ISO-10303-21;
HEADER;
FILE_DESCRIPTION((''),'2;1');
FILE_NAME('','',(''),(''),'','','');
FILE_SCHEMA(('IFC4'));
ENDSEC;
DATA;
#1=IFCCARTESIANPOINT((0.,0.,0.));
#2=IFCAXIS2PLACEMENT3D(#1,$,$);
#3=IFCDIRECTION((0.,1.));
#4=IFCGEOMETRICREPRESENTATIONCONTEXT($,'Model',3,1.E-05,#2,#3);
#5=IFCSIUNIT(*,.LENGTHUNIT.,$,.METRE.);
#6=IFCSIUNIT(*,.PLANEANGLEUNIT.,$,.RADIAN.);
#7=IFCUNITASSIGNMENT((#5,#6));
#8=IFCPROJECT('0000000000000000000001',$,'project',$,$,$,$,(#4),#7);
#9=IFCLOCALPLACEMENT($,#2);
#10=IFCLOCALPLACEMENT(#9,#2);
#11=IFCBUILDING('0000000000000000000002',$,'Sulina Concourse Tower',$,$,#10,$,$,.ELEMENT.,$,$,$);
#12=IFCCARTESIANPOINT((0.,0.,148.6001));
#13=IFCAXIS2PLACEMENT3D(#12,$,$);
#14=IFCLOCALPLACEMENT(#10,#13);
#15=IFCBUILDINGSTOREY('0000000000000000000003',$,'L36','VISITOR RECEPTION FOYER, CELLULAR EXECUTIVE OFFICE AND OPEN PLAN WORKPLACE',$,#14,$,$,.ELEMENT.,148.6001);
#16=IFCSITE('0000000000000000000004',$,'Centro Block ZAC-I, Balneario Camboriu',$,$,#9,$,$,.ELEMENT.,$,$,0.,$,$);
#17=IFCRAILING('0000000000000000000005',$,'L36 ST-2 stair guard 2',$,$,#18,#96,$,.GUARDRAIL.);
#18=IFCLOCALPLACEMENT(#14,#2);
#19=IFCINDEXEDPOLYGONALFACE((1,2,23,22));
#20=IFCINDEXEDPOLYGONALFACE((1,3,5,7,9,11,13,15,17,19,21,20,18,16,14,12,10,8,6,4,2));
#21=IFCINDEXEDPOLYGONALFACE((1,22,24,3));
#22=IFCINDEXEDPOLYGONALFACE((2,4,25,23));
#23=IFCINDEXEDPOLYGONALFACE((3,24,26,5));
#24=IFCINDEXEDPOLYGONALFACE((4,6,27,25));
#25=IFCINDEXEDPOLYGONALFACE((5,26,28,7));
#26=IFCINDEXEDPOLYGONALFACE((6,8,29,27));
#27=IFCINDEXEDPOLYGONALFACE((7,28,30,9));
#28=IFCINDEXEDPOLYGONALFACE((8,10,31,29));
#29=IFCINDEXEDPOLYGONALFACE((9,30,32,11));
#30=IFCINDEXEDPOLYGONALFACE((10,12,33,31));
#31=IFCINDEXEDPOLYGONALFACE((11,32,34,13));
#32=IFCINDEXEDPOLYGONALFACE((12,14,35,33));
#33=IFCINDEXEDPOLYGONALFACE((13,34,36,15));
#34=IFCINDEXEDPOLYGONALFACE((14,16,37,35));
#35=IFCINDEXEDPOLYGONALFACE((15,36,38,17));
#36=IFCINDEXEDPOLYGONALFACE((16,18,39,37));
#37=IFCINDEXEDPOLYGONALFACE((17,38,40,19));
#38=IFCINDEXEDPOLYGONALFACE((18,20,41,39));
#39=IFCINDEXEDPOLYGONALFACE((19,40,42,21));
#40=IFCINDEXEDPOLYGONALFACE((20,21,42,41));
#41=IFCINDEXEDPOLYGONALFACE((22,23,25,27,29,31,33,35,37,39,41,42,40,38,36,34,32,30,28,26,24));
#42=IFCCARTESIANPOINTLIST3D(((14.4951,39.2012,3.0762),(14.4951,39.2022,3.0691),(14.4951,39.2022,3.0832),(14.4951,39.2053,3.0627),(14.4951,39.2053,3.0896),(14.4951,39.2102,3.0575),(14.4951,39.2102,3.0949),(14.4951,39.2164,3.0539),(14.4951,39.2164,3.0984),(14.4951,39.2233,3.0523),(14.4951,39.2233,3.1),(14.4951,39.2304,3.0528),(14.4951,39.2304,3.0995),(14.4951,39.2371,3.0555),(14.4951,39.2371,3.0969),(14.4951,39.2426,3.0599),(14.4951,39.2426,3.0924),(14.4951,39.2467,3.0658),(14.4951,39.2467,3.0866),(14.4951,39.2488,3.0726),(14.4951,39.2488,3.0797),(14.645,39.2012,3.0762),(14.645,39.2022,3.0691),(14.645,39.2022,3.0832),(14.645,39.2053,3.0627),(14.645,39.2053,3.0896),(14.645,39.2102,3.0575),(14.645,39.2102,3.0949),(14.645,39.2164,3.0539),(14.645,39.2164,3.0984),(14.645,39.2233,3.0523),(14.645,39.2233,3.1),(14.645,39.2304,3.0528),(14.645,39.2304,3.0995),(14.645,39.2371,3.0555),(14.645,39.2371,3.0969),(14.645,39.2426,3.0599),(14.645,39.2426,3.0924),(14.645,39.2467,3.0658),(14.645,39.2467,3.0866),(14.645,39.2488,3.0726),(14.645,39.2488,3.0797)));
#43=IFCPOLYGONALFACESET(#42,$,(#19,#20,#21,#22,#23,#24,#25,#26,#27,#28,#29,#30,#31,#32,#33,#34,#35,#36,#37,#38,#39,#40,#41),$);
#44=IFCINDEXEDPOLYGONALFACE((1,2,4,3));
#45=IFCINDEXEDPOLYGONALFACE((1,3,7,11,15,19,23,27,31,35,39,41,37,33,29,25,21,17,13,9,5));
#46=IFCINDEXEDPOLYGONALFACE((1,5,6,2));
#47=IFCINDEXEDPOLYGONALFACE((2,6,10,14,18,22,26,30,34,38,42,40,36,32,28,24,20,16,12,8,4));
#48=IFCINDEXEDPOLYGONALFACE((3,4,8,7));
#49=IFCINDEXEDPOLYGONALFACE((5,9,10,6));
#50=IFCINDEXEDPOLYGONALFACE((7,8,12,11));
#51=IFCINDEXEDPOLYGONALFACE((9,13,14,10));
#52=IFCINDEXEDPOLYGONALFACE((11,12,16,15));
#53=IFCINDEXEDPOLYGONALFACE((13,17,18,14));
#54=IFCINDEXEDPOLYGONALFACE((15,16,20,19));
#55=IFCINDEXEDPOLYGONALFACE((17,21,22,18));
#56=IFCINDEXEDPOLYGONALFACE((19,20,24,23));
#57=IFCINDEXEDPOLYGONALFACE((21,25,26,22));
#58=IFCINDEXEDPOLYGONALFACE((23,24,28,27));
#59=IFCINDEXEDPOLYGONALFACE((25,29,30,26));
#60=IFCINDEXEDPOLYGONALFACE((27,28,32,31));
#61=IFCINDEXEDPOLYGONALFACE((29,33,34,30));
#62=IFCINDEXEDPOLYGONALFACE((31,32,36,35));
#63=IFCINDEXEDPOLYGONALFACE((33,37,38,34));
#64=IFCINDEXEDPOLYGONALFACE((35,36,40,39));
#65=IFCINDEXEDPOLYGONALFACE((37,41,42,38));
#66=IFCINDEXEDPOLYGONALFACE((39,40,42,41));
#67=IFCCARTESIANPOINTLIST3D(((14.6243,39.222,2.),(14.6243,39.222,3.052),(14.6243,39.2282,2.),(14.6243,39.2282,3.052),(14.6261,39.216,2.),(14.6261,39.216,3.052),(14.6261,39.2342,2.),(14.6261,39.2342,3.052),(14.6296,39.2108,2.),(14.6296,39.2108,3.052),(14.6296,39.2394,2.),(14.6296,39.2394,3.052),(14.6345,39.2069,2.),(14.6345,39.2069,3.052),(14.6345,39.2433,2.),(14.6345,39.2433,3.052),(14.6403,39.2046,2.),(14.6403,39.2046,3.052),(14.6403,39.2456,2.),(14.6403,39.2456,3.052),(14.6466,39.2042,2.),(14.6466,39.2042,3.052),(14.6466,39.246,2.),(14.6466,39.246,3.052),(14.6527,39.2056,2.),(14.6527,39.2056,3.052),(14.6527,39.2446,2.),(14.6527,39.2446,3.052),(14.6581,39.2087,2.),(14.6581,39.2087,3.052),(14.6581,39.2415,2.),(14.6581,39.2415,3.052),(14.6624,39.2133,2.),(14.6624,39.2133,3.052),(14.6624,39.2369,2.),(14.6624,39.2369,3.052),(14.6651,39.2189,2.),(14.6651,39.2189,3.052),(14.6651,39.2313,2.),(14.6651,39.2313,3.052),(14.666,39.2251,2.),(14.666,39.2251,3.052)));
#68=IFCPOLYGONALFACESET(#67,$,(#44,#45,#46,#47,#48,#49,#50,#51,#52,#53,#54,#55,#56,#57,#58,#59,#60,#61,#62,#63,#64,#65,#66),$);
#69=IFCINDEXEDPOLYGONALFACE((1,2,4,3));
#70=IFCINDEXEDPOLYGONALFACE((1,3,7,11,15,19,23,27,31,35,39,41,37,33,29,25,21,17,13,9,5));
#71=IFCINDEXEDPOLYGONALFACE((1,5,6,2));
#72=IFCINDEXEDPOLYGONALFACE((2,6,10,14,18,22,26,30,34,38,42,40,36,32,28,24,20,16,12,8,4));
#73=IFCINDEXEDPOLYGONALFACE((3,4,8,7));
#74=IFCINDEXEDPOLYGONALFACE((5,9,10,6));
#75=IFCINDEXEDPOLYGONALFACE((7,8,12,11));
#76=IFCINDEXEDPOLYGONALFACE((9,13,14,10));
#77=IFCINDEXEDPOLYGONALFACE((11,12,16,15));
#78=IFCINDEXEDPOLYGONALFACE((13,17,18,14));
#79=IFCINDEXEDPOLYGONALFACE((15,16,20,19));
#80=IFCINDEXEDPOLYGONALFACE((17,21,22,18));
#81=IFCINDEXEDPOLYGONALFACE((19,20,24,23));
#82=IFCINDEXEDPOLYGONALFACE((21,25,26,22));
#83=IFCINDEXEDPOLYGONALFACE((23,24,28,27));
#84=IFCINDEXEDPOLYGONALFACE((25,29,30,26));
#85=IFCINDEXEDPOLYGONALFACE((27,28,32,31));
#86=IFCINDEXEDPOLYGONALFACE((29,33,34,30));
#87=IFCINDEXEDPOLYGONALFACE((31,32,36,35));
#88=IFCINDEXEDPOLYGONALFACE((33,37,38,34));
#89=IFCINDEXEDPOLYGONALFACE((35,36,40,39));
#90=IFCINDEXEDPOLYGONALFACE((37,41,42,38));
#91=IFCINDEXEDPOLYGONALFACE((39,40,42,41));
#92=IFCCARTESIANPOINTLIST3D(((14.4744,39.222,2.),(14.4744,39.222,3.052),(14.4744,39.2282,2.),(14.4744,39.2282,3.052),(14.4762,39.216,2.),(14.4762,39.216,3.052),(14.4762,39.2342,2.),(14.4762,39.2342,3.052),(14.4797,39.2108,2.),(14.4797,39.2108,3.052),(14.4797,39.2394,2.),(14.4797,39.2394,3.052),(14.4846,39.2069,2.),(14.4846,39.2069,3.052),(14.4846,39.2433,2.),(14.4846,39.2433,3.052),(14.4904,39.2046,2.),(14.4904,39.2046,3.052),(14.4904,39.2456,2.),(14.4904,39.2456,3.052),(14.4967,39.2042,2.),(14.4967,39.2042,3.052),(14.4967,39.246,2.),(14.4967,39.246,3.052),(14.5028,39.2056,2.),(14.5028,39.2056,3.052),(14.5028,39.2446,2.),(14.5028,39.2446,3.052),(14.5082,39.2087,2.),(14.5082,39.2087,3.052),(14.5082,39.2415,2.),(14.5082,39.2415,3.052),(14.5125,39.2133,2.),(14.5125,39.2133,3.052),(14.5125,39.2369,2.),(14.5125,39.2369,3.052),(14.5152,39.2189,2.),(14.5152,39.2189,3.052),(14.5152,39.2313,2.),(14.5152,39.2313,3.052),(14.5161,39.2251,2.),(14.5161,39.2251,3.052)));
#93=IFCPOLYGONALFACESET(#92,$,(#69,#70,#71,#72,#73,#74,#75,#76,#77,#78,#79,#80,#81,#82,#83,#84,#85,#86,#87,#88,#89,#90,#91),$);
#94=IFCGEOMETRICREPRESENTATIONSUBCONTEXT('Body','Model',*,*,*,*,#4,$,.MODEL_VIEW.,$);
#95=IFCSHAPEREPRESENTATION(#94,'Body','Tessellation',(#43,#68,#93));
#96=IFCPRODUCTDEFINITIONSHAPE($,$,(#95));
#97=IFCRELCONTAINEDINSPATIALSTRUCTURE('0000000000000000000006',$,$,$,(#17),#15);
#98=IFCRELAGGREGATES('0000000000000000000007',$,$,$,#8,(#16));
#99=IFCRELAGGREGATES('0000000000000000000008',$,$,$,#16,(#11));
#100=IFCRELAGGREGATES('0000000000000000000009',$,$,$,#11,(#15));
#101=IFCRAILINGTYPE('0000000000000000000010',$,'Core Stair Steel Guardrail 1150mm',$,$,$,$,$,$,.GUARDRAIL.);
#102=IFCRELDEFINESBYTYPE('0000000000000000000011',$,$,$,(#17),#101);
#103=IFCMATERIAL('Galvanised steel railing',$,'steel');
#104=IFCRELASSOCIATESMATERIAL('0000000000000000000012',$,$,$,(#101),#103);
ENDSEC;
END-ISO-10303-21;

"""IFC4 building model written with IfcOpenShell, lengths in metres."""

from ifc_helpers import new_model, si_unit, direction, frame, origin, origin_2d, place, context, subcontext, project, spatial, circle, extrude, material, type_object, element, save


model = new_model("IFC4")

# Units and contexts
model_context = context("Model", 3, precision=1e-05, world=origin(), true_north=direction((0.0, 1.0)))
body_context = subcontext(model_context, "Body", "Model", "MODEL_VIEW")
ifc_project = project(units=[si_unit("LENGTHUNIT", "METRE"), si_unit("PLANEANGLEUNIT", "RADIAN")], contexts=[model_context])

# Site, building, storey
site_placement = place(None, origin())
site = spatial("IfcSite", under=ifc_project, at=site_placement, Name="Centro Block ZAC-I, Balneario Camboriu", CompositionType="ELEMENT", RefElevation=0.0)
building_placement = place(site_placement, origin())
building = spatial("IfcBuilding", under=site, at=building_placement, Name="Sulina Concourse Tower", CompositionType="ELEMENT")
storey_placement = place(building_placement, frame((0.0, 0.0, 148.6001)))
storey = spatial("IfcBuildingStorey", under=building, at=storey_placement, Name="L36", Description="VISITOR RECEPTION FOYER, CELLULAR EXECUTIVE OFFICE AND OPEN PLAN WORKPLACE", CompositionType="ELEMENT", Elevation=148.6001)

# Railing
ifc_material_1 = material(Name="Galvanised steel railing", Category="steel")
railing_type_1 = type_object("IfcRailingType", Name="Core Stair Steel Guardrail 1150mm", PredefinedType="GUARDRAIL", material=ifc_material_1)
railing_1_placement = place(storey_placement, frame((14.645, 39.2251, 2.0)))
element("IfcRailing", 1, at=railing_1_placement, inside=storey, type_object=railing_type_1, Name="L36 ST-2 stair guard 2", PredefinedType="GUARDRAIL", context=body_context, shape_type="SweptSolid", body=[
    extrude(circle(Radius=0.0239, at=origin_2d()), frame((0.0, 0.0, 1.0762), z_axis=(-1.0, 0.0, 0.0), x_axis=(0.0, -1.0, 0.0)), (0.0, 0.0, 1.0), 0.1499),
    extrude(circle(Radius=0.021, at=origin_2d()), origin(), (0.0, 0.0, 1.0), 1.052),
    extrude(circle(Radius=0.021, at=origin_2d()), frame((-0.1499, 0.0, 0.0)), (0.0, 0.0, 1.0), 1.052),
])

save(model, "model.ifc")
